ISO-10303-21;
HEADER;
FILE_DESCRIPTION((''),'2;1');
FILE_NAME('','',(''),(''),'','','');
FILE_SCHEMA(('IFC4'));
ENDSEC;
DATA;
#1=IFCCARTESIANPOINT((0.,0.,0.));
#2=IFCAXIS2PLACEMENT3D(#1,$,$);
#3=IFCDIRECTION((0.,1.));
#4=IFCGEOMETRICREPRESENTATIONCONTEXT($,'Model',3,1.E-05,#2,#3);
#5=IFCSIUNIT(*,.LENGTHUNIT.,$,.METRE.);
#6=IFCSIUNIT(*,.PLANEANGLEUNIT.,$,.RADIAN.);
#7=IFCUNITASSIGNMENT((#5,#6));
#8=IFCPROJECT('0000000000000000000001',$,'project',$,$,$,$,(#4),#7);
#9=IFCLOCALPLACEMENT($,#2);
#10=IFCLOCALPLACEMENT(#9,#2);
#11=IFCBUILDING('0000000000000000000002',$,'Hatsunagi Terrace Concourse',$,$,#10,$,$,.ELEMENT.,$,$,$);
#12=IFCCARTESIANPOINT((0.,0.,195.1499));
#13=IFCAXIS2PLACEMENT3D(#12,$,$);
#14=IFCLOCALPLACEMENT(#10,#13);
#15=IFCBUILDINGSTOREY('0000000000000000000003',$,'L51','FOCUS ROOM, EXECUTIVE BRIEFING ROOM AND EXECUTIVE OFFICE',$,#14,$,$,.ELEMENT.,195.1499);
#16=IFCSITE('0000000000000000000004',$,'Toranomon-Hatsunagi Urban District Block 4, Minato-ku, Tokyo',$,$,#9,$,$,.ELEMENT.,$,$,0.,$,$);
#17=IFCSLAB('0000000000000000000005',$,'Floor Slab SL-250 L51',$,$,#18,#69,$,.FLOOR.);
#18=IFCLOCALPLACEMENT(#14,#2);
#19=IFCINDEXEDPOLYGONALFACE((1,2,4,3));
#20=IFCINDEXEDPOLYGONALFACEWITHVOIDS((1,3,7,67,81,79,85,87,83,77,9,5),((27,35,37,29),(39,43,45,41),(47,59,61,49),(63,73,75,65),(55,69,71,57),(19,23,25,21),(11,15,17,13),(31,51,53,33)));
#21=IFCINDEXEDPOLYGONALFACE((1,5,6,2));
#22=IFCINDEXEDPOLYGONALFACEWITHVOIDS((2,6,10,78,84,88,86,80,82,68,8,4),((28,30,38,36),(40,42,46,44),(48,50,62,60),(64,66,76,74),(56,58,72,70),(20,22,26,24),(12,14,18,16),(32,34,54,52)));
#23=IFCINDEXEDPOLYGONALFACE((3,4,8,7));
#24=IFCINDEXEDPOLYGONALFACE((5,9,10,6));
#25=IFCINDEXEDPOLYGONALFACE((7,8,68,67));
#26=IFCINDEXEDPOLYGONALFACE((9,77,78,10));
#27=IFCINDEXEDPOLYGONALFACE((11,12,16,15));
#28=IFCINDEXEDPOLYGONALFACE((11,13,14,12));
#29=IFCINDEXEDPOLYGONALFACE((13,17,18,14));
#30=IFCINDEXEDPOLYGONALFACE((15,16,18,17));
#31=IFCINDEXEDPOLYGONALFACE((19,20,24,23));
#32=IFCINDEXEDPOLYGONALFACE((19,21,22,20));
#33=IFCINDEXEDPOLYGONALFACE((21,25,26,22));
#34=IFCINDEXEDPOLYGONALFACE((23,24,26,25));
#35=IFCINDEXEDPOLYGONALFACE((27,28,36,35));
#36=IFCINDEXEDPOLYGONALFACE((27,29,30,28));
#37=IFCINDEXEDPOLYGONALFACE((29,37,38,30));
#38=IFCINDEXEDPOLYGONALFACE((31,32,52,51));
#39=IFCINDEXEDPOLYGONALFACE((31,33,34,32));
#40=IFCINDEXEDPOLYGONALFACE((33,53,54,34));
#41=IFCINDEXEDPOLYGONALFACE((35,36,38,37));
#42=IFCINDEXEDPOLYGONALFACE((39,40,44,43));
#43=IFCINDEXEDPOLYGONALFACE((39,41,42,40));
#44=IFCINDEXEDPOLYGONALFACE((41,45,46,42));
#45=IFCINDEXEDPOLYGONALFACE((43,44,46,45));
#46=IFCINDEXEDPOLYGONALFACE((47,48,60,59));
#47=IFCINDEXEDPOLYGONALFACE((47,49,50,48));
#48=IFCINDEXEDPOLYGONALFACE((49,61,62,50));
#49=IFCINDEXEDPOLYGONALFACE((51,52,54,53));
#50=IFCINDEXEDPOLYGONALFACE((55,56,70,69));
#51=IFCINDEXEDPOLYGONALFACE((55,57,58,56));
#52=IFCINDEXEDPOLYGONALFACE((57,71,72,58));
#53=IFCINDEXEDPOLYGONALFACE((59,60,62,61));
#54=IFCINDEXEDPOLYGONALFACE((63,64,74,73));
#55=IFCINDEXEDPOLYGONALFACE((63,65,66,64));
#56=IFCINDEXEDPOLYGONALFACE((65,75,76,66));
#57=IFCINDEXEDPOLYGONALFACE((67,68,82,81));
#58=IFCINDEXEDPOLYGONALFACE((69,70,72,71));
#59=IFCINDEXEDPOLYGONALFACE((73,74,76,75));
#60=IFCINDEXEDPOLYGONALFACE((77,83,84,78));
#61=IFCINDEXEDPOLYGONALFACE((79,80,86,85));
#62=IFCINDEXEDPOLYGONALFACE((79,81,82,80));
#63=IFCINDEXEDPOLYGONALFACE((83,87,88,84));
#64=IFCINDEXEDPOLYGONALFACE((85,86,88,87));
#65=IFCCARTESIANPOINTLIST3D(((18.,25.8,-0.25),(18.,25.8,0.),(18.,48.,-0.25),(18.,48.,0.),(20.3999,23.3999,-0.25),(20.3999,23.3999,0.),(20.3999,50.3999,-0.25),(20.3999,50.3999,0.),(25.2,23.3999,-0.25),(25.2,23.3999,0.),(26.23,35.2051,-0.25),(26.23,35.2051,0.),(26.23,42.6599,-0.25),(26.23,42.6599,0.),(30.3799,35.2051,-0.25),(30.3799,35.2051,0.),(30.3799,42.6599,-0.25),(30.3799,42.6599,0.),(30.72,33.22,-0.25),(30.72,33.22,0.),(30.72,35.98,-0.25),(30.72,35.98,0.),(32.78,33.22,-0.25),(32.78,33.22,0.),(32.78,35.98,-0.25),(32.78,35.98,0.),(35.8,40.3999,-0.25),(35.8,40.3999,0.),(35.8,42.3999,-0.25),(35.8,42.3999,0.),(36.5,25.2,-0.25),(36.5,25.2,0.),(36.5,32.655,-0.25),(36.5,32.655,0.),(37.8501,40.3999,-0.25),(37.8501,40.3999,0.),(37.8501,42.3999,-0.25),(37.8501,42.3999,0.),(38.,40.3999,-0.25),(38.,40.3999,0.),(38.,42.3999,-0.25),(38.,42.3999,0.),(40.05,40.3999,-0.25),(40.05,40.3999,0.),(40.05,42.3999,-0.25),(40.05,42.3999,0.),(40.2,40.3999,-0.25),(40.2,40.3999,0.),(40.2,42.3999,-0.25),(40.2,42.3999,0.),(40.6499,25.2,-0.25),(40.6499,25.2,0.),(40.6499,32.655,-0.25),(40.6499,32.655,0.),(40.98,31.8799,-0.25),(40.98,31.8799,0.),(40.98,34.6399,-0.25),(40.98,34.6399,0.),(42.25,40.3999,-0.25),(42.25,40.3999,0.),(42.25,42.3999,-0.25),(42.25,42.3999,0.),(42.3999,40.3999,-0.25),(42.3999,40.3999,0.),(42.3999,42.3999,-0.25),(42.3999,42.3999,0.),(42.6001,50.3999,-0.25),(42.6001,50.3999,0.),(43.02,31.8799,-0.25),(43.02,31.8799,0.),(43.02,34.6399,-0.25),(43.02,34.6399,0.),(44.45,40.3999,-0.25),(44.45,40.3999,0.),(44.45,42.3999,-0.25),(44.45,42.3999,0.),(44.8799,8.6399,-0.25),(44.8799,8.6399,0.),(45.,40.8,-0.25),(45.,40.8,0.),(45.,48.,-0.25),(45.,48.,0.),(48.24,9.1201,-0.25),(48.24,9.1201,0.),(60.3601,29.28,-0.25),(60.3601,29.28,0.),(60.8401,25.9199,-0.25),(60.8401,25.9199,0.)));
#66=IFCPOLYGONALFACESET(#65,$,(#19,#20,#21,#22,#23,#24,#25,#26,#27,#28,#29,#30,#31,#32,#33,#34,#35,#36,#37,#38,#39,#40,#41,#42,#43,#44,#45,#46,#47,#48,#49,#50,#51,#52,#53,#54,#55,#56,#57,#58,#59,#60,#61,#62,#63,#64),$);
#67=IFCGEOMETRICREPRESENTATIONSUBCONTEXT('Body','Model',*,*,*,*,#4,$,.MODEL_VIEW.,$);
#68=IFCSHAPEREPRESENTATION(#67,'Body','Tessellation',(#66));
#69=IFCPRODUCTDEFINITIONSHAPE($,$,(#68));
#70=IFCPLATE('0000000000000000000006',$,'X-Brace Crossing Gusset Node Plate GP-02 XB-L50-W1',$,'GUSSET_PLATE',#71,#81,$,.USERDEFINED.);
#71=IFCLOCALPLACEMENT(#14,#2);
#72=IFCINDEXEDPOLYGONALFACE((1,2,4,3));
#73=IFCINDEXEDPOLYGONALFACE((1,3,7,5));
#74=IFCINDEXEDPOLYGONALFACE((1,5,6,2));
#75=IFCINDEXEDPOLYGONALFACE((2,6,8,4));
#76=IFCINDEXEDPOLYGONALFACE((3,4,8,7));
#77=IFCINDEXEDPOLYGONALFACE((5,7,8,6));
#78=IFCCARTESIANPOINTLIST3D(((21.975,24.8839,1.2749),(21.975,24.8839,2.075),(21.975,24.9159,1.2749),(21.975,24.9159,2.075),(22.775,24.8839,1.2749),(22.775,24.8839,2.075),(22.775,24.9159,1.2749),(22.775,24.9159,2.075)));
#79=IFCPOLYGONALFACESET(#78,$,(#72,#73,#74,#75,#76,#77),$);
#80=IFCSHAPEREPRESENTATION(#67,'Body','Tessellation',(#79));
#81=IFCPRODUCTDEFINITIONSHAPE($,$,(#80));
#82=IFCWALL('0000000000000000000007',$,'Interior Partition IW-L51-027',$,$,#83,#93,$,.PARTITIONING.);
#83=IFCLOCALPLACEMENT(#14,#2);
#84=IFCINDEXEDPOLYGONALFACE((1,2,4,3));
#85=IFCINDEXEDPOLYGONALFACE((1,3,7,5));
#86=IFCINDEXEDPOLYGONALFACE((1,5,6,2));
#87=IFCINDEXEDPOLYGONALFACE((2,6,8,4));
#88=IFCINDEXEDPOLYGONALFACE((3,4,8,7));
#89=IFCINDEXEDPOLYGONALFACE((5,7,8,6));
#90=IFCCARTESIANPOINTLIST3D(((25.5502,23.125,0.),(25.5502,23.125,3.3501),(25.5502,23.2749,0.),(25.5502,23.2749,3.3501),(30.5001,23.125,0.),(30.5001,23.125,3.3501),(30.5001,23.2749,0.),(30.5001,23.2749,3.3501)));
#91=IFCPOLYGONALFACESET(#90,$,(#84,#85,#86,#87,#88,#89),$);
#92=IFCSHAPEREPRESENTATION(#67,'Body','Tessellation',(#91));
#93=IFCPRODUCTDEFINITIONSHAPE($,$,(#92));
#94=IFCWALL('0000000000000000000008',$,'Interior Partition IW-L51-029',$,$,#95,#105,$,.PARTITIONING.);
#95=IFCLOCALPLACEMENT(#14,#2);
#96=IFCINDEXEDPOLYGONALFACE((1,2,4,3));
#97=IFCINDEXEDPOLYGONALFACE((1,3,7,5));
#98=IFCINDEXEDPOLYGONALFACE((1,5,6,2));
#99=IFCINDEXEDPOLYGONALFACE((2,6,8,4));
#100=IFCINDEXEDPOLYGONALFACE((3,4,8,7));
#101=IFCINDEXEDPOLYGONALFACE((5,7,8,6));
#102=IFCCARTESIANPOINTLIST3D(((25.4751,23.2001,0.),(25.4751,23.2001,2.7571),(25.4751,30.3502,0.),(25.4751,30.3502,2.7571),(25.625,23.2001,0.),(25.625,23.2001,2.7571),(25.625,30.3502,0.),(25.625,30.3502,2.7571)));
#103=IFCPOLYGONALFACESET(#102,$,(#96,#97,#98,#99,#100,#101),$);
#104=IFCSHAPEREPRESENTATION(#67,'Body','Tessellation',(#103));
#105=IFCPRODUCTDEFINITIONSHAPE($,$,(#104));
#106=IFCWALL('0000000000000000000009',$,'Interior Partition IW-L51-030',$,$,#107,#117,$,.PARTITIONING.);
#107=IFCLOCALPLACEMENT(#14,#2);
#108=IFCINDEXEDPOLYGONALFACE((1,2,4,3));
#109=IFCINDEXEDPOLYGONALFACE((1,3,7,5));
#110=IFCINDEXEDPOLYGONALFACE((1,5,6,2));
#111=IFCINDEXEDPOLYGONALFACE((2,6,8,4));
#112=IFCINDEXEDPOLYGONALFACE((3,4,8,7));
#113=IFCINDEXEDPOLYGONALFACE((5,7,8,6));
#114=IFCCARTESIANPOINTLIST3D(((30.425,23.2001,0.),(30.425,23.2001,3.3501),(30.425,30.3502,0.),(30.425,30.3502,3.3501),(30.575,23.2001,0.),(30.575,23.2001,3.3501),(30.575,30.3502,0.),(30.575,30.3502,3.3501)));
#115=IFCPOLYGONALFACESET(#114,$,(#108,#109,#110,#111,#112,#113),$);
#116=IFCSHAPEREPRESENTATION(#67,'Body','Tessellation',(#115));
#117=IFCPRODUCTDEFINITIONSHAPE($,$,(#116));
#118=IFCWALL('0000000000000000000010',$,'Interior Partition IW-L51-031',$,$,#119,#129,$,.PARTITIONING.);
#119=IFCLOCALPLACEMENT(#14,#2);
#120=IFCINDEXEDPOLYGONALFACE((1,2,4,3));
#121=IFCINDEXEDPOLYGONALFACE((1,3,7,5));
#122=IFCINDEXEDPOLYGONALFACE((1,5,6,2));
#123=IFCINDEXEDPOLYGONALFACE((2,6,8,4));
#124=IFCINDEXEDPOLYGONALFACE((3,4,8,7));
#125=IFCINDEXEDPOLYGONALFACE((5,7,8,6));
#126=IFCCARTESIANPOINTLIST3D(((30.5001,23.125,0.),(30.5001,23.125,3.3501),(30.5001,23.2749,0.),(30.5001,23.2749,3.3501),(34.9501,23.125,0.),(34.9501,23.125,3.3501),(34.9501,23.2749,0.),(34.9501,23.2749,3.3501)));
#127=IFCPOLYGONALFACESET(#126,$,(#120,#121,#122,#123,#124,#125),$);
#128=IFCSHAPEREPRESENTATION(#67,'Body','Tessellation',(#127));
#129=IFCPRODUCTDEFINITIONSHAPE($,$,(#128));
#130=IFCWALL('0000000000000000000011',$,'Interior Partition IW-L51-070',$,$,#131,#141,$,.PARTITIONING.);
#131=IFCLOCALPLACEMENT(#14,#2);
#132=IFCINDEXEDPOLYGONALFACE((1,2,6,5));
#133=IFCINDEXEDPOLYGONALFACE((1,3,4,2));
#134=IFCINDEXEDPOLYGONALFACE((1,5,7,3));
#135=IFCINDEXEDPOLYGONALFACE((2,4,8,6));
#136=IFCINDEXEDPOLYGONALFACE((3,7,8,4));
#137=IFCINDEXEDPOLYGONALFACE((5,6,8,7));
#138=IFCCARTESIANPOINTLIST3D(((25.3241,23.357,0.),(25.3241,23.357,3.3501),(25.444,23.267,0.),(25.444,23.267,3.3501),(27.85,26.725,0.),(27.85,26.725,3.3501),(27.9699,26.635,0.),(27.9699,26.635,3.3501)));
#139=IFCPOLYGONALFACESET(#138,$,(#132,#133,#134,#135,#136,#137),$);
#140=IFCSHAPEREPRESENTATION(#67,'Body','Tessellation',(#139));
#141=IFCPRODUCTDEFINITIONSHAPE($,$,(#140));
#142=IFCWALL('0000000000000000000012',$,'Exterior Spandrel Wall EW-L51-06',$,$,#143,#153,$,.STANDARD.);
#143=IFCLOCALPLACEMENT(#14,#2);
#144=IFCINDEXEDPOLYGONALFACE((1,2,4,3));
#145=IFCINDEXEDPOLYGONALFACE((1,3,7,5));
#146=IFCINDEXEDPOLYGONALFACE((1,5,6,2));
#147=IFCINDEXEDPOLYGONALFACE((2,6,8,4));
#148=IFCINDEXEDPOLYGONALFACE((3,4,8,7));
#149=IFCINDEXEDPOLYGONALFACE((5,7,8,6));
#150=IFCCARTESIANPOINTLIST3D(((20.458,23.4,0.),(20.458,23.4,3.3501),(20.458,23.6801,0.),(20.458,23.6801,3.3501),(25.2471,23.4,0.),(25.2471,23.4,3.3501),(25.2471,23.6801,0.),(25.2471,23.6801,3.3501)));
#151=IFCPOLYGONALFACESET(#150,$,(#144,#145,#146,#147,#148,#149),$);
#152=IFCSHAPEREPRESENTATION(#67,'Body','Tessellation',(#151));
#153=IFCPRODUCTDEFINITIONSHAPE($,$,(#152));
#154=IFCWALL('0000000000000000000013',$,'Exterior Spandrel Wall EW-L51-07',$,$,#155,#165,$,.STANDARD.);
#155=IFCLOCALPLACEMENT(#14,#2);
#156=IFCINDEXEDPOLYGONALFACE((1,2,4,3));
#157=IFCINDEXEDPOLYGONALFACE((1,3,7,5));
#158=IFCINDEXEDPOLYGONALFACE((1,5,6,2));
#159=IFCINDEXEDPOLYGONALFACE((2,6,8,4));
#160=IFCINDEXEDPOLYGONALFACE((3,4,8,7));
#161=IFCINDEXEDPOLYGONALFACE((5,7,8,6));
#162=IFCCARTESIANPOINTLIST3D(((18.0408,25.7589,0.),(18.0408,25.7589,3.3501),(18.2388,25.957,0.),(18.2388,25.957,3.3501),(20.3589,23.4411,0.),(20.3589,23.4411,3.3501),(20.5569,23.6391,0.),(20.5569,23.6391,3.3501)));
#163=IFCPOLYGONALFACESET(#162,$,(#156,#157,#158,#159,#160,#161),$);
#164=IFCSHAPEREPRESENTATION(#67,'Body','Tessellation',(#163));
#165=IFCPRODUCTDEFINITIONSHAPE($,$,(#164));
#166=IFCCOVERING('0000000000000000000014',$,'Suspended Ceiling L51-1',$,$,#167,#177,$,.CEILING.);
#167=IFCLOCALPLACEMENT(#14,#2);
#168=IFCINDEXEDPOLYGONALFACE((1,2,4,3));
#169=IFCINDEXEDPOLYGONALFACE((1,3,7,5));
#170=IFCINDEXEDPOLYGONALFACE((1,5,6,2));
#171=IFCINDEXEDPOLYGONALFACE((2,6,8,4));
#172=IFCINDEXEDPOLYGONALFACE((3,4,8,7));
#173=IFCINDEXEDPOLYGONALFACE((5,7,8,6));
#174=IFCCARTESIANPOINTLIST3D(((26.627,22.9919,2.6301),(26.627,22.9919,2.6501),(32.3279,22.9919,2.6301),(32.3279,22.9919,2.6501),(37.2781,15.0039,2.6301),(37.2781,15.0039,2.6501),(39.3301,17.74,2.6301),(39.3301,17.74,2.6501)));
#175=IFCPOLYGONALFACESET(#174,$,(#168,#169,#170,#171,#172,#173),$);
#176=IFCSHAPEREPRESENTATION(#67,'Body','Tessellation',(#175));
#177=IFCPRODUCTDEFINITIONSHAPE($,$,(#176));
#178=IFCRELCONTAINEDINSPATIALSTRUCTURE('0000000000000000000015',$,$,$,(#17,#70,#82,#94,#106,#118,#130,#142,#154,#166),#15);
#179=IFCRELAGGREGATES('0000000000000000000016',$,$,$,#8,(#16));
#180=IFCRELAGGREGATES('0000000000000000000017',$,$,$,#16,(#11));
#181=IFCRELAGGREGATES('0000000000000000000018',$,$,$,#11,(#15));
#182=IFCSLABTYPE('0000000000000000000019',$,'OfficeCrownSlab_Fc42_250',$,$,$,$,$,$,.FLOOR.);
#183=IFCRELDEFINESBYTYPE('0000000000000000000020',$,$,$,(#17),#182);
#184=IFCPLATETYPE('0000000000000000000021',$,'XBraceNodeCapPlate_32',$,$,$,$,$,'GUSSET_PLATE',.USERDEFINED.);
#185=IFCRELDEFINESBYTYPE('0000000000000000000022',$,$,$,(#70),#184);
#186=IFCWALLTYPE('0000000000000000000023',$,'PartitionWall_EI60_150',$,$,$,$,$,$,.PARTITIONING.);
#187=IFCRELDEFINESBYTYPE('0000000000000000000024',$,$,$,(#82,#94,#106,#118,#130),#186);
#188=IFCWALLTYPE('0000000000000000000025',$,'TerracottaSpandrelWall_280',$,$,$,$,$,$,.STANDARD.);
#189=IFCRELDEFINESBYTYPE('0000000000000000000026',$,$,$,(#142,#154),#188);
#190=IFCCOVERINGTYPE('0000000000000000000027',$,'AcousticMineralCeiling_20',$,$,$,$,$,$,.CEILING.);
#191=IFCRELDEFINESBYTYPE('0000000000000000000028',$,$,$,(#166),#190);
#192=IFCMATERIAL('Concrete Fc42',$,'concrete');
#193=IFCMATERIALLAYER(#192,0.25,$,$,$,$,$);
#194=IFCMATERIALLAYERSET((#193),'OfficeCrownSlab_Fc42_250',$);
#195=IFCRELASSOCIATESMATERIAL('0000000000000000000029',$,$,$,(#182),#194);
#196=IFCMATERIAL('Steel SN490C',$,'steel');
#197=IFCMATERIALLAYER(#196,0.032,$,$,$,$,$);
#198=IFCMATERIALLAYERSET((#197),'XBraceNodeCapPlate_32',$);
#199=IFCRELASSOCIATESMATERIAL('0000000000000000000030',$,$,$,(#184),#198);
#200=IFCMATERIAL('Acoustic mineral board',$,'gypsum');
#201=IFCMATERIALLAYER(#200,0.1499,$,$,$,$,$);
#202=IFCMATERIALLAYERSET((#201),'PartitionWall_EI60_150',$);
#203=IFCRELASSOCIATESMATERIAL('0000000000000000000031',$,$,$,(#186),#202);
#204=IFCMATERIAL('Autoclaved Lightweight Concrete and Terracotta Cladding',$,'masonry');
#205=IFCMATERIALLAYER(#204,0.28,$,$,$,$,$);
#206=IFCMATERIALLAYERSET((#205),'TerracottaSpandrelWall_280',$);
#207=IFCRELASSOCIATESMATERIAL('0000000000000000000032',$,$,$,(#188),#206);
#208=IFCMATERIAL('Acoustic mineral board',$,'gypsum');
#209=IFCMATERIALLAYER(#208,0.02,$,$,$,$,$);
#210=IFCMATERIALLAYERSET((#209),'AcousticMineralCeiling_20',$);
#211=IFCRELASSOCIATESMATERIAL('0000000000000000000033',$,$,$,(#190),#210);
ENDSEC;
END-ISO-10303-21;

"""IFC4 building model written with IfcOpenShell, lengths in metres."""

from ifc_helpers import new_model, si_unit, direction, frame, frame_2d, origin, origin_2d, place, context, subcontext, project, spatial, polyline, rectangle, outline, extrude, material, layer, layer_set, type_object, element, save


model = new_model("IFC4")

# Units and contexts
model_context = context("Model", 3, precision=1e-05, world=origin(), true_north=direction((0.0, 1.0)))
body_context = subcontext(model_context, "Body", "Model", "MODEL_VIEW")
ifc_project = project(units=[si_unit("LENGTHUNIT", "METRE"), si_unit("PLANEANGLEUNIT", "RADIAN")], contexts=[model_context])

# Site, building, storey
site_placement = place(None, origin())
site = spatial("IfcSite", under=ifc_project, at=site_placement, Name="Toranomon-Hatsunagi Urban District Block 4, Minato-ku, Tokyo", CompositionType="ELEMENT", RefElevation=0.0)
building_placement = place(site_placement, origin())
building = spatial("IfcBuilding", under=site, at=building_placement, Name="Hatsunagi Terrace Concourse", CompositionType="ELEMENT")
storey_placement = place(building_placement, frame((0.0, 0.0, 195.1499)))
storey = spatial("IfcBuildingStorey", under=building, at=storey_placement, Name="L51", Description="FOCUS ROOM, EXECUTIVE BRIEFING ROOM AND EXECUTIVE OFFICE", CompositionType="ELEMENT", Elevation=195.1499)

# Slab
ifc_material_1 = material(Name="Concrete Fc42", Category="concrete")
ifc_layer_1 = layer(ifc_material_1, 0.25)
ifc_layer_set_1 = layer_set([ifc_layer_1], Name="OfficeCrownSlab_Fc42_250")
slab_type_1 = type_object("IfcSlabType", Name="OfficeCrownSlab_Fc42_250", PredefinedType="FLOOR", material=ifc_layer_set_1)
slab_1_placement = place(storey_placement, frame((0.0, 0.0, -0.25)))
element("IfcSlab", 1, at=slab_1_placement, inside=storey, type_object=slab_type_1, Name="Floor Slab SL-250 L51", PredefinedType="FLOOR", context=body_context, shape_type="SweptSolid", body=[
    extrude(outline(polyline([(45.0, 40.8), (45.0, 48.0), (42.6001, 50.3999), (20.3999, 50.3999), (18.0, 48.0), (18.0, 25.8), (20.3999, 23.3999), (25.2, 23.3999), (44.8799, 8.6399), (48.24, 9.1201), (60.8401, 25.9199), (60.3601, 29.28), (45.0, 40.8)]), holes=[polyline([(26.23, 35.2051), (30.3799, 35.2051), (30.3799, 42.6599), (26.23, 42.6599), (26.23, 35.2051)]), polyline([(36.5, 25.2), (40.6499, 25.2), (40.6499, 32.655), (36.5, 32.655), (36.5, 25.2)]), polyline([(30.72, 33.22), (32.78, 33.22), (32.78, 35.98), (30.72, 35.98), (30.72, 33.22)]), polyline([(40.98, 31.8799), (43.02, 31.8799), (43.02, 34.6399), (40.98, 34.6399), (40.98, 31.8799)]), polyline([(35.8, 40.3999), (37.8501, 40.3999), (37.8501, 42.3999), (35.8, 42.3999), (35.8, 40.3999)]), polyline([(38.0, 40.3999), (40.05, 40.3999), (40.05, 42.3999), (38.0, 42.3999), (38.0, 40.3999)]), polyline([(40.2, 40.3999), (42.25, 40.3999), (42.25, 42.3999), (40.2, 42.3999), (40.2, 40.3999)]), polyline([(42.3999, 40.3999), (44.45, 40.3999), (44.45, 42.3999), (42.3999, 42.3999), (42.3999, 40.3999)])]), origin(), (0.0, 0.0, 1.0), 0.25),
])

# Plate
ifc_material_2 = material(Name="Steel SN490C", Category="steel")
ifc_layer_2 = layer(ifc_material_2, 0.032)
ifc_layer_set_2 = layer_set([ifc_layer_2], Name="XBraceNodeCapPlate_32")
plate_type = type_object("IfcPlateType", Name="XBraceNodeCapPlate_32", ElementType="GUSSET_PLATE", PredefinedType="USERDEFINED", material=ifc_layer_set_2)
plate_placement = place(storey_placement, frame((22.375, 24.8999, 1.2749), z_axis=(0.0, 0.0, 1.0), x_axis=(1.0, 0.0, 0.0)))
element("IfcPlate", 2, at=plate_placement, inside=storey, type_object=plate_type, Name="X-Brace Crossing Gusset Node Plate GP-02 XB-L50-W1", ObjectType="GUSSET_PLATE", PredefinedType="USERDEFINED", context=body_context, shape_type="SweptSolid", body=[
    extrude(rectangle(XDim=0.8, YDim=0.032, at=origin_2d()), origin(), (0.0, 0.0, 1.0), 0.8),
])

# Walls
ifc_material_3 = material(Name="Acoustic mineral board", Category="gypsum")
ifc_layer_3 = layer(ifc_material_3, 0.1499)
ifc_layer_set_3 = layer_set([ifc_layer_3], Name="PartitionWall_EI60_150")
wall_type_1 = type_object("IfcWallType", Name="PartitionWall_EI60_150", PredefinedType="PARTITIONING", material=ifc_layer_set_3)
wall_1_placement = place(storey_placement, frame((25.55, 23.2, 0.0), z_axis=(0.0, 0.0, 1.0), x_axis=(1.0, 0.0, 0.0)))
element("IfcWall", 3, at=wall_1_placement, inside=storey, type_object=wall_type_1, Name="Interior Partition IW-L51-027", PredefinedType="PARTITIONING", context=body_context, shape_type="SweptSolid", body=[
    extrude(rectangle(XDim=4.95, YDim=0.1499, at=frame_2d((2.4751, 0.0))), origin(), (0.0, 0.0, 1.0), 3.3501),
])
wall_2_placement = place(storey_placement, frame((25.55, 23.2, 0.0), z_axis=(0.0, 0.0, 1.0), x_axis=(0.0, 1.0, 0.0)))
element("IfcWall", 4, at=wall_2_placement, inside=storey, type_object=wall_type_1, Name="Interior Partition IW-L51-029", PredefinedType="PARTITIONING", context=body_context, shape_type="SweptSolid", body=[
    extrude(rectangle(XDim=7.1501, YDim=0.1499, at=frame_2d((3.5752, 0.0))), origin(), (0.0, 0.0, 1.0), 2.7571),
])
wall_3_placement = place(storey_placement, frame((30.5, 23.2, 0.0), z_axis=(0.0, 0.0, 1.0), x_axis=(0.0, 1.0, 0.0)))
element("IfcWall", 5, at=wall_3_placement, inside=storey, type_object=wall_type_1, Name="Interior Partition IW-L51-030", PredefinedType="PARTITIONING", context=body_context, shape_type="SweptSolid", body=[
    extrude(rectangle(XDim=7.1501, YDim=0.1499, at=frame_2d((3.5752, 0.0))), origin(), (0.0, 0.0, 1.0), 3.3501),
])
wall_4_placement = place(storey_placement, frame((30.5, 23.2, 0.0), z_axis=(0.0, 0.0, 1.0), x_axis=(1.0, 0.0, 0.0)))
element("IfcWall", 6, at=wall_4_placement, inside=storey, type_object=wall_type_1, Name="Interior Partition IW-L51-031", PredefinedType="PARTITIONING", context=body_context, shape_type="SweptSolid", body=[
    extrude(rectangle(XDim=4.45, YDim=0.1499, at=frame_2d((2.2251, 0.0))), origin(), (0.0, 0.0, 1.0), 3.3501),
])

# Walls
wall_5_placement = place(storey_placement, frame((25.384, 23.312, 0.0), z_axis=(0.0, 0.0, 1.0), x_axis=(0.599991, 0.800007, 0.0)))
element("IfcWall", 7, at=wall_5_placement, inside=storey, type_object=wall_type_1, Name="Interior Partition IW-L51-070", PredefinedType="PARTITIONING", context=body_context, shape_type="SweptSolid", body=[
    extrude(rectangle(XDim=4.21, YDim=0.1499, at=frame_2d((2.105, 0.0))), origin(), (0.0, 0.0, 1.0), 3.3501),
])
ifc_material_4 = material(Name="Autoclaved Lightweight Concrete and Terracotta Cladding", Category="masonry")
ifc_layer_4 = layer(ifc_material_4, 0.28)
ifc_layer_set_4 = layer_set([ifc_layer_4], Name="TerracottaSpandrelWall_280")
wall_type_2 = type_object("IfcWallType", Name="TerracottaSpandrelWall_280", PredefinedType="STANDARD", material=ifc_layer_set_4)
wall_6_placement = place(storey_placement, frame((25.2471, 23.54, 0.0), z_axis=(0.0, 0.0, 1.0), x_axis=(-1.0, 0.0, 0.0)))
element("IfcWall", 8, at=wall_6_placement, inside=storey, type_object=wall_type_2, Name="Exterior Spandrel Wall EW-L51-06", PredefinedType="STANDARD", context=body_context, shape_type="SweptSolid", body=[
    extrude(rectangle(XDim=4.7891, YDim=0.28, at=frame_2d((2.3945, 0.0))), origin(), (0.0, 0.0, 1.0), 3.3501),
])
wall_7_placement = place(storey_placement, frame((20.458, 23.54, 0.0), z_axis=(0.0, 0.0, 1.0), x_axis=(-0.707144, 0.70707, 0.0)))
element("IfcWall", 9, at=wall_7_placement, inside=storey, type_object=wall_type_2, Name="Exterior Spandrel Wall EW-L51-07", PredefinedType="STANDARD", context=body_context, shape_type="SweptSolid", body=[
    extrude(rectangle(XDim=3.2781, YDim=0.28, at=frame_2d((1.6392, 0.0))), origin(), (0.0, 0.0, 1.0), 3.3501),
])

# Covering
ifc_material_5 = material(Name="Acoustic mineral board", Category="gypsum")
ifc_layer_5 = layer(ifc_material_5, 0.02)
ifc_layer_set_5 = layer_set([ifc_layer_5], Name="AcousticMineralCeiling_20")
covering_type_1 = type_object("IfcCoveringType", Name="AcousticMineralCeiling_20", PredefinedType="CEILING", material=ifc_layer_set_5)
covering_1_placement = place(storey_placement, frame((0.0, 0.0, 2.6301)))
element("IfcCovering", 10, at=covering_1_placement, inside=storey, type_object=covering_type_1, Name="Suspended Ceiling L51-1", PredefinedType="CEILING", context=body_context, shape_type="SweptSolid", body=[
    extrude(outline(polyline([(26.627, 22.9919), (37.2781, 15.0039), (39.3301, 17.74), (32.3279, 22.9919), (26.627, 22.9919)])), origin(), (0.0, 0.0, 1.0), 0.02),
])

save(model, "model.ifc")
